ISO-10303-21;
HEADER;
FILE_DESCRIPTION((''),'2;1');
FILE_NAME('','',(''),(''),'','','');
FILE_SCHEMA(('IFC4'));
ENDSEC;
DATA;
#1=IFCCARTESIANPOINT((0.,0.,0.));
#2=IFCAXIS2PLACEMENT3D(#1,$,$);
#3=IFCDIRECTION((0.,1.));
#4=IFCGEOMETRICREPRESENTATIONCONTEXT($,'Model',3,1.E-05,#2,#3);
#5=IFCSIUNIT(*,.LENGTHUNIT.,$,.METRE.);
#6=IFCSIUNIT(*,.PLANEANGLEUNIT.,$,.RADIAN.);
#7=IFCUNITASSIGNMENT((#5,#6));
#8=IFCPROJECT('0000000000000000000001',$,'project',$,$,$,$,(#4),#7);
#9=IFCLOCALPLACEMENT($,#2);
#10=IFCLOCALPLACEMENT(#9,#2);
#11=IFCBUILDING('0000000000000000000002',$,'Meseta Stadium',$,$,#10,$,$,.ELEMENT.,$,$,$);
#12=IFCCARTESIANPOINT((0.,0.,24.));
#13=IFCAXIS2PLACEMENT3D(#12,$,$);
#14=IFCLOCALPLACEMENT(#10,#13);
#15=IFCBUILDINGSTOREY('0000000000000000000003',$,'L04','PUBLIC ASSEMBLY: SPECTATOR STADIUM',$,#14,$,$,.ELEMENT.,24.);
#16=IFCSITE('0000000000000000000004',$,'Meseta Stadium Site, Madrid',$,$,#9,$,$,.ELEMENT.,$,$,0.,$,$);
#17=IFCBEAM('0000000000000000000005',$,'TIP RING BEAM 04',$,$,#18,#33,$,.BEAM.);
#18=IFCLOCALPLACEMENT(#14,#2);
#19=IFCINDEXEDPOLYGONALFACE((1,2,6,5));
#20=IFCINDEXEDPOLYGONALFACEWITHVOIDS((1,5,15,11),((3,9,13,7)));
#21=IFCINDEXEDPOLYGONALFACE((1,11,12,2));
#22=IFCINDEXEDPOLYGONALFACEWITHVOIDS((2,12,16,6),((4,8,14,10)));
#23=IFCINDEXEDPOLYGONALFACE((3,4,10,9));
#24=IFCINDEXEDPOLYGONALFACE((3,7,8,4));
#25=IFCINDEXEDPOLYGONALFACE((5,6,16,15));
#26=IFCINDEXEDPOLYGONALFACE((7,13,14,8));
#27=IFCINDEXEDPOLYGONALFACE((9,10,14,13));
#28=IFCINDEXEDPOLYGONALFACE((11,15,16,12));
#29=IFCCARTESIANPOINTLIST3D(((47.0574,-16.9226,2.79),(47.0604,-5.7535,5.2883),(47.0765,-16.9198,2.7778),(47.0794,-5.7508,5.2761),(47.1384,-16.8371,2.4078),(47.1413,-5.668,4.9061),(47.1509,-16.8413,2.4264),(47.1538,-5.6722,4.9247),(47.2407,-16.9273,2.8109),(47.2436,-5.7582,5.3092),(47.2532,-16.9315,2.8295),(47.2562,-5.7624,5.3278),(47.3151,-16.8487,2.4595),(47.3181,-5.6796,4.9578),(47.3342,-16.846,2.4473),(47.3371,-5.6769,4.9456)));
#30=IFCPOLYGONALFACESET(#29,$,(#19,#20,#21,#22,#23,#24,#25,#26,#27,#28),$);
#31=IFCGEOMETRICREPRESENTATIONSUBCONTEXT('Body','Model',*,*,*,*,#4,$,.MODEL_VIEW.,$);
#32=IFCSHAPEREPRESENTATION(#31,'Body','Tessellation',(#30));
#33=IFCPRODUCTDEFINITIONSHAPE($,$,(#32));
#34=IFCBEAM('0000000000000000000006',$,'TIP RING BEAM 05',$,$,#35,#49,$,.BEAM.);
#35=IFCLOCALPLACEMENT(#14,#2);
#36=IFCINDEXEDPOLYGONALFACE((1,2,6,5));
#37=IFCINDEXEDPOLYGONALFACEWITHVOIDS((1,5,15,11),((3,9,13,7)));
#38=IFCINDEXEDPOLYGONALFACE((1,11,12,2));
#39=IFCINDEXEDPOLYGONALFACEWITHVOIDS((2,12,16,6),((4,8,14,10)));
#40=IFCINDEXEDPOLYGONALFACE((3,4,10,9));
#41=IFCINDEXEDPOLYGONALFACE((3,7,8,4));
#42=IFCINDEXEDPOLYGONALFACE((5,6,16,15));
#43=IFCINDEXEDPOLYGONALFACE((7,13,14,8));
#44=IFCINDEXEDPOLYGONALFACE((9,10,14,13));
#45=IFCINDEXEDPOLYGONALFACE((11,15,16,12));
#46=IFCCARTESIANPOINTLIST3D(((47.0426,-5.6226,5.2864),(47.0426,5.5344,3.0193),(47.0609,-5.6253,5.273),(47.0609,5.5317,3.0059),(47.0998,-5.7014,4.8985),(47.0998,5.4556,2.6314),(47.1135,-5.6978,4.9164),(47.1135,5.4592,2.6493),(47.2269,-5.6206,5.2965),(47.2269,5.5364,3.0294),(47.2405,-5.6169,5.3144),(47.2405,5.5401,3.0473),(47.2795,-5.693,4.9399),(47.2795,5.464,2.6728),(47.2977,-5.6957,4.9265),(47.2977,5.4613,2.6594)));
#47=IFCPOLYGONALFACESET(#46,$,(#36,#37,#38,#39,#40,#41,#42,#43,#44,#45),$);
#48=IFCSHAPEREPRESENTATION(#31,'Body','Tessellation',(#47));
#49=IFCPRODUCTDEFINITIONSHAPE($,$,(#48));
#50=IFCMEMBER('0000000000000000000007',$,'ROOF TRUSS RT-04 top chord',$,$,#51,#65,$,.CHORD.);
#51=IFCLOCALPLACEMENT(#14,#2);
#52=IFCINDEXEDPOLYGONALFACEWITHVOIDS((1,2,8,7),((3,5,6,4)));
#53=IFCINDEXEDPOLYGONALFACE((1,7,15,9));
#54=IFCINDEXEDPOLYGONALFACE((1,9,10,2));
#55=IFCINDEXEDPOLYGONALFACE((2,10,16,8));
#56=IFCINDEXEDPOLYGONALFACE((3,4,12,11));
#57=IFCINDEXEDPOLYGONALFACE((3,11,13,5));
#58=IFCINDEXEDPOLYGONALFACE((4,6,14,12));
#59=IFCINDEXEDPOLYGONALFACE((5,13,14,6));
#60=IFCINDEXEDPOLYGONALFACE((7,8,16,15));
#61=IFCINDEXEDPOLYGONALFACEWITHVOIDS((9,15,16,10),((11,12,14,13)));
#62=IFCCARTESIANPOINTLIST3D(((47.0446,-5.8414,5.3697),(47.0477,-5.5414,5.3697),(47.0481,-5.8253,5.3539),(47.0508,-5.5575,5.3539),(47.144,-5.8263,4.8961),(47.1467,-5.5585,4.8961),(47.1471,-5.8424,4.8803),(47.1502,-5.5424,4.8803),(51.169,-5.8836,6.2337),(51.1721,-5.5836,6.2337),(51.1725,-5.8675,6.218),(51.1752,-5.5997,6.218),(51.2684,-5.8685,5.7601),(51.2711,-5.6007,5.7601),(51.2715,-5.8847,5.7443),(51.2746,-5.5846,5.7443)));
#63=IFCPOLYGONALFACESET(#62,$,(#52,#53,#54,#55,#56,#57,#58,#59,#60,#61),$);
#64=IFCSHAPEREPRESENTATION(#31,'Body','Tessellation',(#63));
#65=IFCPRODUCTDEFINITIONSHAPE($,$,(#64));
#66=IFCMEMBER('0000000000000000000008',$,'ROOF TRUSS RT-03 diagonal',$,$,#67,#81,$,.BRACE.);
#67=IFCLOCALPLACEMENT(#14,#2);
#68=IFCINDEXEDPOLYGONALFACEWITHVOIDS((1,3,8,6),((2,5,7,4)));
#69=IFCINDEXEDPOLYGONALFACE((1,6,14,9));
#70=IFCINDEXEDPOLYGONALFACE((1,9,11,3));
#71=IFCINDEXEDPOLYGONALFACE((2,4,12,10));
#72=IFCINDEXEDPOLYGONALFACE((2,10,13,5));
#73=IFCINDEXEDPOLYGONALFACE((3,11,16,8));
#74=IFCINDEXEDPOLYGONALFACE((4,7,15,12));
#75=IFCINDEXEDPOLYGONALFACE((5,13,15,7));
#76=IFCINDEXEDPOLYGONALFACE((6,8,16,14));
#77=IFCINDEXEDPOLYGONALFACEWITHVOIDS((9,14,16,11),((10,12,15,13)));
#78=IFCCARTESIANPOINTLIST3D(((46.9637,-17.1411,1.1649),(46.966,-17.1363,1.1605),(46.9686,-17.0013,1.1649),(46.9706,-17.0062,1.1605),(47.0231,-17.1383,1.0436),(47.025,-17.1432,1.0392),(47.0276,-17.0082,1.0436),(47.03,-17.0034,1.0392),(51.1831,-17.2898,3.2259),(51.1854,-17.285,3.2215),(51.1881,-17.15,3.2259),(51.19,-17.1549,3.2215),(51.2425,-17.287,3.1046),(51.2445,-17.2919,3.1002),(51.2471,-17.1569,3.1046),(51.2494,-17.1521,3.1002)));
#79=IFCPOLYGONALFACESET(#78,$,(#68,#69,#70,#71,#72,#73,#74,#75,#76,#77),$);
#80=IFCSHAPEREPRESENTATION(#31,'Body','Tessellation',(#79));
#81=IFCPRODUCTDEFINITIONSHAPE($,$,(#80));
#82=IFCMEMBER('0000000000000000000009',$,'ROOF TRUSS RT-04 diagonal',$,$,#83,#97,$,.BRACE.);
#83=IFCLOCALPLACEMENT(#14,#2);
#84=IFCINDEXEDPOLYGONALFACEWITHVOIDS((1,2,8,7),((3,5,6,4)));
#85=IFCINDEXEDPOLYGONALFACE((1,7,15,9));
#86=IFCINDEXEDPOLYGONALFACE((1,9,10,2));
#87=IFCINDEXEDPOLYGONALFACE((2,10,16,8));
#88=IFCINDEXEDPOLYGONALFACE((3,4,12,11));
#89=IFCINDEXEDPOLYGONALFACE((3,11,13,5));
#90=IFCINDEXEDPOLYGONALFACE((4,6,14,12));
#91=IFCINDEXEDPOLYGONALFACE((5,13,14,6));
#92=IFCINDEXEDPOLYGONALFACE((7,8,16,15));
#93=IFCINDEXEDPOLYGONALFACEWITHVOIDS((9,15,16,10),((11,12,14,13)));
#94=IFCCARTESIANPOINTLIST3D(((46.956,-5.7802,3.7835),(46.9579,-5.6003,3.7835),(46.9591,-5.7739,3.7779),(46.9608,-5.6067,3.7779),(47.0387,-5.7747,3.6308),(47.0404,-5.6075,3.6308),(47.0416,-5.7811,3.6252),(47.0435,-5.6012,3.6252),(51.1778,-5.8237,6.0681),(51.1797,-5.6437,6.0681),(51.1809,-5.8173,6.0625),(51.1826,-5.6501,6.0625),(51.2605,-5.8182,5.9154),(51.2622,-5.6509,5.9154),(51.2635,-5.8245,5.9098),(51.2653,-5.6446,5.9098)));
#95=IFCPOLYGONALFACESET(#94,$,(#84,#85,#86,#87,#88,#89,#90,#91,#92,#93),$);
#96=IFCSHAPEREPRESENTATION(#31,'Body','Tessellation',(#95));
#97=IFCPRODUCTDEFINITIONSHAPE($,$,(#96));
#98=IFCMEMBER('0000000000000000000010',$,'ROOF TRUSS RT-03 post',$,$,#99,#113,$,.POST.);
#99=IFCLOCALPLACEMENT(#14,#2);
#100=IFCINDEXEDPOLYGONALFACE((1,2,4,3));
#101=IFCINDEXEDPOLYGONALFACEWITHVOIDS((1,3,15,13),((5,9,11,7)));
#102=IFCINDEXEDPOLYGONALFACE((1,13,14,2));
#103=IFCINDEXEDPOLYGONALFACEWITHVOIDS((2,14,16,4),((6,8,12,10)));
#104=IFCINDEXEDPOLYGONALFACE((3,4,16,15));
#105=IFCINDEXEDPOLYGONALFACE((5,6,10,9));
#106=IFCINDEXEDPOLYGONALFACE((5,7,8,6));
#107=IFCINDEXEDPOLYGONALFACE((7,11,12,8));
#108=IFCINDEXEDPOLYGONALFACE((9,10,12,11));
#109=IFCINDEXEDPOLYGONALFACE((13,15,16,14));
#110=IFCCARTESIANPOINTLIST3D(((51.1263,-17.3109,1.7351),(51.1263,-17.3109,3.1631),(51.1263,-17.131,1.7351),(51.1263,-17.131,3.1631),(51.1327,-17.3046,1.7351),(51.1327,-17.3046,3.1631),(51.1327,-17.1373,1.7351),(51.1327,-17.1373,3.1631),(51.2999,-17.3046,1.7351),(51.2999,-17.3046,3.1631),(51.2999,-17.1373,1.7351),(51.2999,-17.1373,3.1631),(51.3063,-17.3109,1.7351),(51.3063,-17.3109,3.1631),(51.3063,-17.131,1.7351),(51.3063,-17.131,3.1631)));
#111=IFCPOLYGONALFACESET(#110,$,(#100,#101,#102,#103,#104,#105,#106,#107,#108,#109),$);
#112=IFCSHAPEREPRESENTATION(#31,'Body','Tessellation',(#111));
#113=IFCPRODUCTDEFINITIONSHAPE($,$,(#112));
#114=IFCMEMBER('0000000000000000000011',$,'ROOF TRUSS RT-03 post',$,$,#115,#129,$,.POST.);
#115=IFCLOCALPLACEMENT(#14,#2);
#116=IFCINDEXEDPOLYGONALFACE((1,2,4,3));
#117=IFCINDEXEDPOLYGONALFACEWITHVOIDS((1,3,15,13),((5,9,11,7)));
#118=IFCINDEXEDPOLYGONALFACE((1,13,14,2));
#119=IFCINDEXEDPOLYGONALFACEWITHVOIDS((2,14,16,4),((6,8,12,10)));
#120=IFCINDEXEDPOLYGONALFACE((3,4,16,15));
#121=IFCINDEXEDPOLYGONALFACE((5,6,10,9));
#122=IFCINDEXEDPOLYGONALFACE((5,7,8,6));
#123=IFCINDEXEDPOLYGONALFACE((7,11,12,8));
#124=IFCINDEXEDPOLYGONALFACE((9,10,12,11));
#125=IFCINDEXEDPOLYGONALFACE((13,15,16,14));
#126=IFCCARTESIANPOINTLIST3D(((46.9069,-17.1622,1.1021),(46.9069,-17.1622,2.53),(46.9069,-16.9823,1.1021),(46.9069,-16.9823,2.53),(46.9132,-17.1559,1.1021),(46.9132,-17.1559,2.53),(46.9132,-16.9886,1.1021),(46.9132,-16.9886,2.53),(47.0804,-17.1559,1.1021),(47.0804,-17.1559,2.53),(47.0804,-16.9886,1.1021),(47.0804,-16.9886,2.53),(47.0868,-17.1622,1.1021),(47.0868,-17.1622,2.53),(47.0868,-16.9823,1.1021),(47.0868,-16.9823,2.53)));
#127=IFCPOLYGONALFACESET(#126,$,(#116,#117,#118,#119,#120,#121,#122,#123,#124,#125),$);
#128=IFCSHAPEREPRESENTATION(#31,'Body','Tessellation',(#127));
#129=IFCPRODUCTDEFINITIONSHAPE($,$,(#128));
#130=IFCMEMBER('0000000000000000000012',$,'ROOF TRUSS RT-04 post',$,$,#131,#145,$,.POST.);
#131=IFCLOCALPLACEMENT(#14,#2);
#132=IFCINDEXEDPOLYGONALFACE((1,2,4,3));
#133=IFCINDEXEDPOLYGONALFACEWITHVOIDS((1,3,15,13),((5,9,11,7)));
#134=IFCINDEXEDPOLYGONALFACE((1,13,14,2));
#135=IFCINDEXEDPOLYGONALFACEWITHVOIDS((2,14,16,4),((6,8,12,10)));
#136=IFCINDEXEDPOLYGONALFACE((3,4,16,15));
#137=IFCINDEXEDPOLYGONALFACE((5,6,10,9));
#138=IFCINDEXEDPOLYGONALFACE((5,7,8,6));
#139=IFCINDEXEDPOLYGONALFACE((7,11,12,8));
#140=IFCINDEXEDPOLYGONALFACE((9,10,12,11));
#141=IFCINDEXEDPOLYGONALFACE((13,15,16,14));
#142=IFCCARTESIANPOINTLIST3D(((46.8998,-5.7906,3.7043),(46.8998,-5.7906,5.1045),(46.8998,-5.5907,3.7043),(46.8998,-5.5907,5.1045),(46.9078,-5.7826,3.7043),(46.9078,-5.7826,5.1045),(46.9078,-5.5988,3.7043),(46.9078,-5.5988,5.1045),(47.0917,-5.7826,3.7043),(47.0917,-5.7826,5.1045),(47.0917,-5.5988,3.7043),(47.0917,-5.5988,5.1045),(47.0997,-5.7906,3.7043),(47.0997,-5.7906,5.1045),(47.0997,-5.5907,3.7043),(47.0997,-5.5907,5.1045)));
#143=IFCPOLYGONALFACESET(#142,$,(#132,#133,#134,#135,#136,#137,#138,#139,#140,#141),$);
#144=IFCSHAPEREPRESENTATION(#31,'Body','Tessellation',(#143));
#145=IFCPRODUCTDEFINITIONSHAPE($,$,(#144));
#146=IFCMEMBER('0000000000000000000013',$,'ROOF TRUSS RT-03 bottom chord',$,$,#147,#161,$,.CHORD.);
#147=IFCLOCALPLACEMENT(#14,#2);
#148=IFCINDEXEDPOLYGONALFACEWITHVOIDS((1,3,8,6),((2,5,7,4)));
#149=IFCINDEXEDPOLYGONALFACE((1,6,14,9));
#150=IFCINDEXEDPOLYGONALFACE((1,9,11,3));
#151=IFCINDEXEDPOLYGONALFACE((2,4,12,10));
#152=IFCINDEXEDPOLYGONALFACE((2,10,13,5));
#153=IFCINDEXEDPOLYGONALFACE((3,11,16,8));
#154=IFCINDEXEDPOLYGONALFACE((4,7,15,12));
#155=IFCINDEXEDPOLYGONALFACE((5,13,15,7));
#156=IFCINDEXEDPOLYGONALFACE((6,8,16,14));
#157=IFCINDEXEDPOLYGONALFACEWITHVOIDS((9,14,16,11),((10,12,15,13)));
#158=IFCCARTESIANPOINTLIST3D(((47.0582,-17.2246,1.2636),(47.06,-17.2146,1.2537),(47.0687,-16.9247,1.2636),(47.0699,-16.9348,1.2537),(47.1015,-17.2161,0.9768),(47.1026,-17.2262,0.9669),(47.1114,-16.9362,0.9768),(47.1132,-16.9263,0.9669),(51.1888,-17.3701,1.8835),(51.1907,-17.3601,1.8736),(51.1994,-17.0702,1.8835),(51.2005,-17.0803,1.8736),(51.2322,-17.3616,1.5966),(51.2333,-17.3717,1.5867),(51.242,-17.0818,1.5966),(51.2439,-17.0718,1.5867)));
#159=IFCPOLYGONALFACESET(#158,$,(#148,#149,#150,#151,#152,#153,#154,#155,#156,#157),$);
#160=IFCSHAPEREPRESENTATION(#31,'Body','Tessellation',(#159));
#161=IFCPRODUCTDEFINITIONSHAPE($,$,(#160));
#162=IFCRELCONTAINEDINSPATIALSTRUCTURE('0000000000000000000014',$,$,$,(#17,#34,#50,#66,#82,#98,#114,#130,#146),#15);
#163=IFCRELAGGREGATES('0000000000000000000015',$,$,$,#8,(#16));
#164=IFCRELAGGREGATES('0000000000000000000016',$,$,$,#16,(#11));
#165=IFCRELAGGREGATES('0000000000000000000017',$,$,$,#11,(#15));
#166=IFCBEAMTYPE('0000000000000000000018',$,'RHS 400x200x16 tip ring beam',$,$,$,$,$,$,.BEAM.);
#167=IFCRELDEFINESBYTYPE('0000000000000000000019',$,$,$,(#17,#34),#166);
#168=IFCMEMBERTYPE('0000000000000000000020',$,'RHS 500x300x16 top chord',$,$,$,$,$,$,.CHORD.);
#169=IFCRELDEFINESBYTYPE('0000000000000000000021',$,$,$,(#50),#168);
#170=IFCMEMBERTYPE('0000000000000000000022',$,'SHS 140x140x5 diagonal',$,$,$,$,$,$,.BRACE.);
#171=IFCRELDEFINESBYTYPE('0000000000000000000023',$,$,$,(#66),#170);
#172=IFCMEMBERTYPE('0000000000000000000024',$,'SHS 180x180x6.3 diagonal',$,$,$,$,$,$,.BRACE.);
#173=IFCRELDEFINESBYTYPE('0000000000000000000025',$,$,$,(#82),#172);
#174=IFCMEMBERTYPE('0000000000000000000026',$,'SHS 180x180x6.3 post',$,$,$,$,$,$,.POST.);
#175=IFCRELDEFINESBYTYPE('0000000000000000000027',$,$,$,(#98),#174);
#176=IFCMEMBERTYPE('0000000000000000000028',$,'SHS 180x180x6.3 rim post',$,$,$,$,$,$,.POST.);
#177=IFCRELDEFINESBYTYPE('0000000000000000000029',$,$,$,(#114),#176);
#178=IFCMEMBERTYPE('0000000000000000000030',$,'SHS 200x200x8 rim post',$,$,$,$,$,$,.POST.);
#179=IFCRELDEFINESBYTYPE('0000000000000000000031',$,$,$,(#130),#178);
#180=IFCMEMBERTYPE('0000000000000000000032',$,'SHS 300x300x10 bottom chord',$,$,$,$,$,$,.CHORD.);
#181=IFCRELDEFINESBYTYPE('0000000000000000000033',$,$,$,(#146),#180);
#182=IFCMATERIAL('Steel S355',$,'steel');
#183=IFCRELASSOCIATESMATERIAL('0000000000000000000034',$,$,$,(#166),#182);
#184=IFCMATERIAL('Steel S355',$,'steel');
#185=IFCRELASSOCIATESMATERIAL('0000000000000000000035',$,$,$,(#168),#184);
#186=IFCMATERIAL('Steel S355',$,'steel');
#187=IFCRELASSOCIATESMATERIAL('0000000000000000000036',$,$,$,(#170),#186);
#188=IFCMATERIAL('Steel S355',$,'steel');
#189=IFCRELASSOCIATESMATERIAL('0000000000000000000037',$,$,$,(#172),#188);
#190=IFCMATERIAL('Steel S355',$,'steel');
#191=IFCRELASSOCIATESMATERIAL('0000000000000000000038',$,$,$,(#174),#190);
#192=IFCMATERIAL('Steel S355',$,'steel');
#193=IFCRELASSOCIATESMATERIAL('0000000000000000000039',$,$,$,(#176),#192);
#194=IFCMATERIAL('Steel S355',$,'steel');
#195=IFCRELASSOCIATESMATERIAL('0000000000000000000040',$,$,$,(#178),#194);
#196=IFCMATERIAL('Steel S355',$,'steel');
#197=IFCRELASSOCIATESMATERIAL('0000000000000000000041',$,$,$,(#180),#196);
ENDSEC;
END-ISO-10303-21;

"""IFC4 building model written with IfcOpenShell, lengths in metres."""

from ifc_helpers import new_model, si_unit, direction, frame, origin, origin_2d, place, context, subcontext, project, spatial, hollow_rectangle, extrude, material, material_profile, profile_set, type_object, element, save


model = new_model("IFC4")

# Units and contexts
model_context = context("Model", 3, precision=1e-05, world=origin(), true_north=direction((0.0, 1.0)))
body_context = subcontext(model_context, "Body", "Model", "MODEL_VIEW")
ifc_project = project(units=[si_unit("LENGTHUNIT", "METRE"), si_unit("PLANEANGLEUNIT", "RADIAN")], contexts=[model_context])

# Site, building, storey
site_placement = place(None, origin())
site = spatial("IfcSite", under=ifc_project, at=site_placement, Name="Meseta Stadium Site, Madrid", CompositionType="ELEMENT", RefElevation=0.0)
building_placement = place(site_placement, origin())
building = spatial("IfcBuilding", under=site, at=building_placement, Name="Meseta Stadium", CompositionType="ELEMENT")
storey_placement = place(building_placement, frame((0.0, 0.0, 24.0)))
storey = spatial("IfcBuildingStorey", under=building, at=storey_placement, Name="L04", Description="PUBLIC ASSEMBLY: SPECTATOR STADIUM", CompositionType="ELEMENT", Elevation=24.0)

# Beams
ifc_material_1 = material(Name="Steel S355", Category="steel")
ifc_material_profile_1 = material_profile(ifc_material_1, hollow_rectangle(XDim=0.2, YDim=0.3999, WallThickness=0.0161, at=origin_2d()), Name="RHS 400x200x16")
ifc_profile_set_1 = profile_set([ifc_material_profile_1], Name="Steel S355")
beam_type = type_object("IfcBeamType", Name="RHS 400x200x16 tip ring beam", PredefinedType="BEAM", material=ifc_profile_set_1)
beam_1_placement = place(storey_placement, frame((47.1958, -16.8843, 2.6187), z_axis=(0.000256, 0.975884, 0.218288), x_axis=(-0.9793, 0.044429, -0.197478)))
element("IfcBeam", 1, at=beam_1_placement, inside=storey, type_object=beam_type, Name="TIP RING BEAM 04", PredefinedType="BEAM", context=body_context, shape_type="SweptSolid", body=[
    extrude(hollow_rectangle(XDim=0.2, YDim=0.3999, WallThickness=0.0161, at=origin_2d()), origin(), (0.0, 0.0, 1.0), 11.4451),
])
beam_2_placement = place(storey_placement, frame((47.1702, -5.6592, 5.1064), z_axis=(0.0, 0.979973, -0.19913), x_axis=(-0.989708, -0.028496, -0.140236)))
element("IfcBeam", 2, at=beam_2_placement, inside=storey, type_object=beam_type, Name="TIP RING BEAM 05", PredefinedType="BEAM", context=body_context, shape_type="SweptSolid", body=[
    extrude(hollow_rectangle(XDim=0.2, YDim=0.3999, WallThickness=0.0161, at=origin_2d()), origin(), (0.0, 0.0, 1.0), 11.385),
])

# Members
ifc_material_2 = material(Name="Steel S355", Category="steel")
ifc_material_profile_2 = material_profile(ifc_material_2, hollow_rectangle(XDim=0.3, YDim=0.5, WallThickness=0.0161, at=origin_2d()), Name="RHS 500x300x16")
ifc_profile_set_2 = profile_set([ifc_material_profile_2], Name="Steel S355")
member_type_1 = type_object("IfcMemberType", Name="RHS 500x300x16 top chord", PredefinedType="CHORD", material=ifc_profile_set_2)
member_1_placement = place(storey_placement, frame((47.0974, -5.6919, 5.125), z_axis=(0.978704, -0.010023, 0.205034), x_axis=(0.01024, 0.999948, 0.0)))
element("IfcMember", 3, at=member_1_placement, inside=storey, type_object=member_type_1, Name="ROOF TRUSS RT-04 top chord", PredefinedType="CHORD", context=body_context, shape_type="SweptSolid", body=[
    extrude(hollow_rectangle(XDim=0.3, YDim=0.5, WallThickness=0.0161, at=origin_2d()), origin(), (0.0, 0.0, 1.0), 4.2141),
])
ifc_material_3 = material(Name="Steel S355", Category="steel")
ifc_material_profile_3 = material_profile(ifc_material_3, hollow_rectangle(XDim=0.1399, YDim=0.1399, WallThickness=0.0049, at=origin_2d()), Name="SHS 140x140x5")
ifc_profile_set_3 = profile_set([ifc_material_profile_3], Name="Steel S355")
member_type_2 = type_object("IfcMemberType", Name="SHS 140x140x5 diagonal", PredefinedType="BRACE", material=ifc_profile_set_3)
member_2_placement = place(storey_placement, frame((46.9968, -17.0723, 1.1021), z_axis=(0.898087, -0.031646, 0.438677), x_axis=(0.035215, 0.99938, 0.0)))
element("IfcMember", 4, at=member_2_placement, inside=storey, type_object=member_type_2, Name="ROOF TRUSS RT-03 diagonal", PredefinedType="BRACE", context=body_context, shape_type="SweptSolid", body=[
    extrude(hollow_rectangle(XDim=0.1399, YDim=0.1399, WallThickness=0.0049, at=origin_2d()), origin(), (0.0, 0.0, 1.0), 4.6982),
])
ifc_material_4 = material(Name="Steel S355", Category="steel")
ifc_material_profile_4 = material_profile(ifc_material_4, hollow_rectangle(XDim=0.1799, YDim=0.1799, WallThickness=0.0063, at=origin_2d()), Name="SHS 180x180x6.3")
ifc_profile_set_4 = profile_set([ifc_material_profile_4], Name="Steel S355")
member_type_3 = type_object("IfcMemberType", Name="SHS 180x180x6.3 diagonal", PredefinedType="BRACE", material=ifc_profile_set_4)
member_3_placement = place(storey_placement, frame((46.9998, -5.6907, 3.7043), z_axis=(0.879448, -0.009052, 0.475908), x_axis=(0.010293, 0.999947, 0.0)))
element("IfcMember", 5, at=member_3_placement, inside=storey, type_object=member_type_3, Name="ROOF TRUSS RT-04 diagonal", PredefinedType="BRACE", context=body_context, shape_type="SweptSolid", body=[
    extrude(hollow_rectangle(XDim=0.1799, YDim=0.1799, WallThickness=0.0063, at=origin_2d()), origin(), (0.0, 0.0, 1.0), 4.8005),
])
ifc_material_5 = material(Name="Steel S355", Category="steel")
ifc_material_profile_5 = material_profile(ifc_material_5, hollow_rectangle(XDim=0.1799, YDim=0.1799, WallThickness=0.0063, at=origin_2d()), Name="SHS 180x180x6.3")
ifc_profile_set_5 = profile_set([ifc_material_profile_5], Name="Steel S355")
member_type_4 = type_object("IfcMemberType", Name="SHS 180x180x6.3 post", PredefinedType="POST", material=ifc_profile_set_5)
member_4_placement = place(storey_placement, frame((51.2163, -17.2209, 1.7351), z_axis=(0.0, 0.0, 1.0), x_axis=(1.0, 0.0, 0.0)))
element("IfcMember", 6, at=member_4_placement, inside=storey, type_object=member_type_4, Name="ROOF TRUSS RT-03 post", PredefinedType="POST", context=body_context, shape_type="SweptSolid", body=[
    extrude(hollow_rectangle(XDim=0.1799, YDim=0.1799, WallThickness=0.0063, at=origin_2d()), origin(), (0.0, 0.0, 1.0), 1.428),
])
ifc_material_6 = material(Name="Steel S355", Category="steel")
ifc_material_profile_6 = material_profile(ifc_material_6, hollow_rectangle(XDim=0.1799, YDim=0.1799, WallThickness=0.0063, at=origin_2d()), Name="SHS 180x180x6.3")
ifc_profile_set_6 = profile_set([ifc_material_profile_6], Name="Steel S355")
member_type_5 = type_object("IfcMemberType", Name="SHS 180x180x6.3 rim post", PredefinedType="POST", material=ifc_profile_set_6)
member_5_placement = place(storey_placement, frame((46.9968, -17.0723, 1.1021), z_axis=(0.0, 0.0, 1.0), x_axis=(1.0, 0.0, 0.0)))
element("IfcMember", 7, at=member_5_placement, inside=storey, type_object=member_type_5, Name="ROOF TRUSS RT-03 post", PredefinedType="POST", context=body_context, shape_type="SweptSolid", body=[
    extrude(hollow_rectangle(XDim=0.1799, YDim=0.1799, WallThickness=0.0063, at=origin_2d()), origin(), (0.0, 0.0, 1.0), 1.428),
])
ifc_material_7 = material(Name="Steel S355", Category="steel")
ifc_material_profile_7 = material_profile(ifc_material_7, hollow_rectangle(XDim=0.2, YDim=0.2, WallThickness=0.0081, at=origin_2d()), Name="SHS 200x200x8")
ifc_profile_set_7 = profile_set([ifc_material_profile_7], Name="Steel S355")
member_type_6 = type_object("IfcMemberType", Name="SHS 200x200x8 rim post", PredefinedType="POST", material=ifc_profile_set_7)
member_6_placement = place(storey_placement, frame((46.9998, -5.6907, 3.7043), z_axis=(0.0, 0.0, 1.0), x_axis=(1.0, 0.0, 0.0)))
element("IfcMember", 8, at=member_6_placement, inside=storey, type_object=member_type_6, Name="ROOF TRUSS RT-04 post", PredefinedType="POST", context=body_context, shape_type="SweptSolid", body=[
    extrude(hollow_rectangle(XDim=0.2, YDim=0.2, WallThickness=0.0081, at=origin_2d()), origin(), (0.0, 0.0, 1.0), 1.4001),
])
ifc_material_8 = material(Name="Steel S355", Category="steel")
ifc_material_profile_8 = material_profile(ifc_material_8, hollow_rectangle(XDim=0.3, YDim=0.3, WallThickness=0.01, at=origin_2d()), Name="SHS 300x300x10")
ifc_profile_set_8 = profile_set([ifc_material_profile_8], Name="Steel S355")
member_type_7 = type_object("IfcMemberType", Name="SHS 300x300x10 bottom chord", PredefinedType="CHORD", material=ifc_profile_set_8)
member_7_placement = place(storey_placement, frame((47.0857, -17.0754, 1.1152), z_axis=(0.988327, -0.034815, 0.148316), x_axis=(0.035205, 0.99938, 0.0)))
element("IfcMember", 9, at=member_7_placement, inside=storey, type_object=member_type_7, Name="ROOF TRUSS RT-03 bottom chord", PredefinedType="CHORD", context=body_context, shape_type="SweptSolid", body=[
    extrude(hollow_rectangle(XDim=0.3, YDim=0.3, WallThickness=0.01, at=origin_2d()), origin(), (0.0, 0.0, 1.0), 4.1794),
])

save(model, "model.ifc")
